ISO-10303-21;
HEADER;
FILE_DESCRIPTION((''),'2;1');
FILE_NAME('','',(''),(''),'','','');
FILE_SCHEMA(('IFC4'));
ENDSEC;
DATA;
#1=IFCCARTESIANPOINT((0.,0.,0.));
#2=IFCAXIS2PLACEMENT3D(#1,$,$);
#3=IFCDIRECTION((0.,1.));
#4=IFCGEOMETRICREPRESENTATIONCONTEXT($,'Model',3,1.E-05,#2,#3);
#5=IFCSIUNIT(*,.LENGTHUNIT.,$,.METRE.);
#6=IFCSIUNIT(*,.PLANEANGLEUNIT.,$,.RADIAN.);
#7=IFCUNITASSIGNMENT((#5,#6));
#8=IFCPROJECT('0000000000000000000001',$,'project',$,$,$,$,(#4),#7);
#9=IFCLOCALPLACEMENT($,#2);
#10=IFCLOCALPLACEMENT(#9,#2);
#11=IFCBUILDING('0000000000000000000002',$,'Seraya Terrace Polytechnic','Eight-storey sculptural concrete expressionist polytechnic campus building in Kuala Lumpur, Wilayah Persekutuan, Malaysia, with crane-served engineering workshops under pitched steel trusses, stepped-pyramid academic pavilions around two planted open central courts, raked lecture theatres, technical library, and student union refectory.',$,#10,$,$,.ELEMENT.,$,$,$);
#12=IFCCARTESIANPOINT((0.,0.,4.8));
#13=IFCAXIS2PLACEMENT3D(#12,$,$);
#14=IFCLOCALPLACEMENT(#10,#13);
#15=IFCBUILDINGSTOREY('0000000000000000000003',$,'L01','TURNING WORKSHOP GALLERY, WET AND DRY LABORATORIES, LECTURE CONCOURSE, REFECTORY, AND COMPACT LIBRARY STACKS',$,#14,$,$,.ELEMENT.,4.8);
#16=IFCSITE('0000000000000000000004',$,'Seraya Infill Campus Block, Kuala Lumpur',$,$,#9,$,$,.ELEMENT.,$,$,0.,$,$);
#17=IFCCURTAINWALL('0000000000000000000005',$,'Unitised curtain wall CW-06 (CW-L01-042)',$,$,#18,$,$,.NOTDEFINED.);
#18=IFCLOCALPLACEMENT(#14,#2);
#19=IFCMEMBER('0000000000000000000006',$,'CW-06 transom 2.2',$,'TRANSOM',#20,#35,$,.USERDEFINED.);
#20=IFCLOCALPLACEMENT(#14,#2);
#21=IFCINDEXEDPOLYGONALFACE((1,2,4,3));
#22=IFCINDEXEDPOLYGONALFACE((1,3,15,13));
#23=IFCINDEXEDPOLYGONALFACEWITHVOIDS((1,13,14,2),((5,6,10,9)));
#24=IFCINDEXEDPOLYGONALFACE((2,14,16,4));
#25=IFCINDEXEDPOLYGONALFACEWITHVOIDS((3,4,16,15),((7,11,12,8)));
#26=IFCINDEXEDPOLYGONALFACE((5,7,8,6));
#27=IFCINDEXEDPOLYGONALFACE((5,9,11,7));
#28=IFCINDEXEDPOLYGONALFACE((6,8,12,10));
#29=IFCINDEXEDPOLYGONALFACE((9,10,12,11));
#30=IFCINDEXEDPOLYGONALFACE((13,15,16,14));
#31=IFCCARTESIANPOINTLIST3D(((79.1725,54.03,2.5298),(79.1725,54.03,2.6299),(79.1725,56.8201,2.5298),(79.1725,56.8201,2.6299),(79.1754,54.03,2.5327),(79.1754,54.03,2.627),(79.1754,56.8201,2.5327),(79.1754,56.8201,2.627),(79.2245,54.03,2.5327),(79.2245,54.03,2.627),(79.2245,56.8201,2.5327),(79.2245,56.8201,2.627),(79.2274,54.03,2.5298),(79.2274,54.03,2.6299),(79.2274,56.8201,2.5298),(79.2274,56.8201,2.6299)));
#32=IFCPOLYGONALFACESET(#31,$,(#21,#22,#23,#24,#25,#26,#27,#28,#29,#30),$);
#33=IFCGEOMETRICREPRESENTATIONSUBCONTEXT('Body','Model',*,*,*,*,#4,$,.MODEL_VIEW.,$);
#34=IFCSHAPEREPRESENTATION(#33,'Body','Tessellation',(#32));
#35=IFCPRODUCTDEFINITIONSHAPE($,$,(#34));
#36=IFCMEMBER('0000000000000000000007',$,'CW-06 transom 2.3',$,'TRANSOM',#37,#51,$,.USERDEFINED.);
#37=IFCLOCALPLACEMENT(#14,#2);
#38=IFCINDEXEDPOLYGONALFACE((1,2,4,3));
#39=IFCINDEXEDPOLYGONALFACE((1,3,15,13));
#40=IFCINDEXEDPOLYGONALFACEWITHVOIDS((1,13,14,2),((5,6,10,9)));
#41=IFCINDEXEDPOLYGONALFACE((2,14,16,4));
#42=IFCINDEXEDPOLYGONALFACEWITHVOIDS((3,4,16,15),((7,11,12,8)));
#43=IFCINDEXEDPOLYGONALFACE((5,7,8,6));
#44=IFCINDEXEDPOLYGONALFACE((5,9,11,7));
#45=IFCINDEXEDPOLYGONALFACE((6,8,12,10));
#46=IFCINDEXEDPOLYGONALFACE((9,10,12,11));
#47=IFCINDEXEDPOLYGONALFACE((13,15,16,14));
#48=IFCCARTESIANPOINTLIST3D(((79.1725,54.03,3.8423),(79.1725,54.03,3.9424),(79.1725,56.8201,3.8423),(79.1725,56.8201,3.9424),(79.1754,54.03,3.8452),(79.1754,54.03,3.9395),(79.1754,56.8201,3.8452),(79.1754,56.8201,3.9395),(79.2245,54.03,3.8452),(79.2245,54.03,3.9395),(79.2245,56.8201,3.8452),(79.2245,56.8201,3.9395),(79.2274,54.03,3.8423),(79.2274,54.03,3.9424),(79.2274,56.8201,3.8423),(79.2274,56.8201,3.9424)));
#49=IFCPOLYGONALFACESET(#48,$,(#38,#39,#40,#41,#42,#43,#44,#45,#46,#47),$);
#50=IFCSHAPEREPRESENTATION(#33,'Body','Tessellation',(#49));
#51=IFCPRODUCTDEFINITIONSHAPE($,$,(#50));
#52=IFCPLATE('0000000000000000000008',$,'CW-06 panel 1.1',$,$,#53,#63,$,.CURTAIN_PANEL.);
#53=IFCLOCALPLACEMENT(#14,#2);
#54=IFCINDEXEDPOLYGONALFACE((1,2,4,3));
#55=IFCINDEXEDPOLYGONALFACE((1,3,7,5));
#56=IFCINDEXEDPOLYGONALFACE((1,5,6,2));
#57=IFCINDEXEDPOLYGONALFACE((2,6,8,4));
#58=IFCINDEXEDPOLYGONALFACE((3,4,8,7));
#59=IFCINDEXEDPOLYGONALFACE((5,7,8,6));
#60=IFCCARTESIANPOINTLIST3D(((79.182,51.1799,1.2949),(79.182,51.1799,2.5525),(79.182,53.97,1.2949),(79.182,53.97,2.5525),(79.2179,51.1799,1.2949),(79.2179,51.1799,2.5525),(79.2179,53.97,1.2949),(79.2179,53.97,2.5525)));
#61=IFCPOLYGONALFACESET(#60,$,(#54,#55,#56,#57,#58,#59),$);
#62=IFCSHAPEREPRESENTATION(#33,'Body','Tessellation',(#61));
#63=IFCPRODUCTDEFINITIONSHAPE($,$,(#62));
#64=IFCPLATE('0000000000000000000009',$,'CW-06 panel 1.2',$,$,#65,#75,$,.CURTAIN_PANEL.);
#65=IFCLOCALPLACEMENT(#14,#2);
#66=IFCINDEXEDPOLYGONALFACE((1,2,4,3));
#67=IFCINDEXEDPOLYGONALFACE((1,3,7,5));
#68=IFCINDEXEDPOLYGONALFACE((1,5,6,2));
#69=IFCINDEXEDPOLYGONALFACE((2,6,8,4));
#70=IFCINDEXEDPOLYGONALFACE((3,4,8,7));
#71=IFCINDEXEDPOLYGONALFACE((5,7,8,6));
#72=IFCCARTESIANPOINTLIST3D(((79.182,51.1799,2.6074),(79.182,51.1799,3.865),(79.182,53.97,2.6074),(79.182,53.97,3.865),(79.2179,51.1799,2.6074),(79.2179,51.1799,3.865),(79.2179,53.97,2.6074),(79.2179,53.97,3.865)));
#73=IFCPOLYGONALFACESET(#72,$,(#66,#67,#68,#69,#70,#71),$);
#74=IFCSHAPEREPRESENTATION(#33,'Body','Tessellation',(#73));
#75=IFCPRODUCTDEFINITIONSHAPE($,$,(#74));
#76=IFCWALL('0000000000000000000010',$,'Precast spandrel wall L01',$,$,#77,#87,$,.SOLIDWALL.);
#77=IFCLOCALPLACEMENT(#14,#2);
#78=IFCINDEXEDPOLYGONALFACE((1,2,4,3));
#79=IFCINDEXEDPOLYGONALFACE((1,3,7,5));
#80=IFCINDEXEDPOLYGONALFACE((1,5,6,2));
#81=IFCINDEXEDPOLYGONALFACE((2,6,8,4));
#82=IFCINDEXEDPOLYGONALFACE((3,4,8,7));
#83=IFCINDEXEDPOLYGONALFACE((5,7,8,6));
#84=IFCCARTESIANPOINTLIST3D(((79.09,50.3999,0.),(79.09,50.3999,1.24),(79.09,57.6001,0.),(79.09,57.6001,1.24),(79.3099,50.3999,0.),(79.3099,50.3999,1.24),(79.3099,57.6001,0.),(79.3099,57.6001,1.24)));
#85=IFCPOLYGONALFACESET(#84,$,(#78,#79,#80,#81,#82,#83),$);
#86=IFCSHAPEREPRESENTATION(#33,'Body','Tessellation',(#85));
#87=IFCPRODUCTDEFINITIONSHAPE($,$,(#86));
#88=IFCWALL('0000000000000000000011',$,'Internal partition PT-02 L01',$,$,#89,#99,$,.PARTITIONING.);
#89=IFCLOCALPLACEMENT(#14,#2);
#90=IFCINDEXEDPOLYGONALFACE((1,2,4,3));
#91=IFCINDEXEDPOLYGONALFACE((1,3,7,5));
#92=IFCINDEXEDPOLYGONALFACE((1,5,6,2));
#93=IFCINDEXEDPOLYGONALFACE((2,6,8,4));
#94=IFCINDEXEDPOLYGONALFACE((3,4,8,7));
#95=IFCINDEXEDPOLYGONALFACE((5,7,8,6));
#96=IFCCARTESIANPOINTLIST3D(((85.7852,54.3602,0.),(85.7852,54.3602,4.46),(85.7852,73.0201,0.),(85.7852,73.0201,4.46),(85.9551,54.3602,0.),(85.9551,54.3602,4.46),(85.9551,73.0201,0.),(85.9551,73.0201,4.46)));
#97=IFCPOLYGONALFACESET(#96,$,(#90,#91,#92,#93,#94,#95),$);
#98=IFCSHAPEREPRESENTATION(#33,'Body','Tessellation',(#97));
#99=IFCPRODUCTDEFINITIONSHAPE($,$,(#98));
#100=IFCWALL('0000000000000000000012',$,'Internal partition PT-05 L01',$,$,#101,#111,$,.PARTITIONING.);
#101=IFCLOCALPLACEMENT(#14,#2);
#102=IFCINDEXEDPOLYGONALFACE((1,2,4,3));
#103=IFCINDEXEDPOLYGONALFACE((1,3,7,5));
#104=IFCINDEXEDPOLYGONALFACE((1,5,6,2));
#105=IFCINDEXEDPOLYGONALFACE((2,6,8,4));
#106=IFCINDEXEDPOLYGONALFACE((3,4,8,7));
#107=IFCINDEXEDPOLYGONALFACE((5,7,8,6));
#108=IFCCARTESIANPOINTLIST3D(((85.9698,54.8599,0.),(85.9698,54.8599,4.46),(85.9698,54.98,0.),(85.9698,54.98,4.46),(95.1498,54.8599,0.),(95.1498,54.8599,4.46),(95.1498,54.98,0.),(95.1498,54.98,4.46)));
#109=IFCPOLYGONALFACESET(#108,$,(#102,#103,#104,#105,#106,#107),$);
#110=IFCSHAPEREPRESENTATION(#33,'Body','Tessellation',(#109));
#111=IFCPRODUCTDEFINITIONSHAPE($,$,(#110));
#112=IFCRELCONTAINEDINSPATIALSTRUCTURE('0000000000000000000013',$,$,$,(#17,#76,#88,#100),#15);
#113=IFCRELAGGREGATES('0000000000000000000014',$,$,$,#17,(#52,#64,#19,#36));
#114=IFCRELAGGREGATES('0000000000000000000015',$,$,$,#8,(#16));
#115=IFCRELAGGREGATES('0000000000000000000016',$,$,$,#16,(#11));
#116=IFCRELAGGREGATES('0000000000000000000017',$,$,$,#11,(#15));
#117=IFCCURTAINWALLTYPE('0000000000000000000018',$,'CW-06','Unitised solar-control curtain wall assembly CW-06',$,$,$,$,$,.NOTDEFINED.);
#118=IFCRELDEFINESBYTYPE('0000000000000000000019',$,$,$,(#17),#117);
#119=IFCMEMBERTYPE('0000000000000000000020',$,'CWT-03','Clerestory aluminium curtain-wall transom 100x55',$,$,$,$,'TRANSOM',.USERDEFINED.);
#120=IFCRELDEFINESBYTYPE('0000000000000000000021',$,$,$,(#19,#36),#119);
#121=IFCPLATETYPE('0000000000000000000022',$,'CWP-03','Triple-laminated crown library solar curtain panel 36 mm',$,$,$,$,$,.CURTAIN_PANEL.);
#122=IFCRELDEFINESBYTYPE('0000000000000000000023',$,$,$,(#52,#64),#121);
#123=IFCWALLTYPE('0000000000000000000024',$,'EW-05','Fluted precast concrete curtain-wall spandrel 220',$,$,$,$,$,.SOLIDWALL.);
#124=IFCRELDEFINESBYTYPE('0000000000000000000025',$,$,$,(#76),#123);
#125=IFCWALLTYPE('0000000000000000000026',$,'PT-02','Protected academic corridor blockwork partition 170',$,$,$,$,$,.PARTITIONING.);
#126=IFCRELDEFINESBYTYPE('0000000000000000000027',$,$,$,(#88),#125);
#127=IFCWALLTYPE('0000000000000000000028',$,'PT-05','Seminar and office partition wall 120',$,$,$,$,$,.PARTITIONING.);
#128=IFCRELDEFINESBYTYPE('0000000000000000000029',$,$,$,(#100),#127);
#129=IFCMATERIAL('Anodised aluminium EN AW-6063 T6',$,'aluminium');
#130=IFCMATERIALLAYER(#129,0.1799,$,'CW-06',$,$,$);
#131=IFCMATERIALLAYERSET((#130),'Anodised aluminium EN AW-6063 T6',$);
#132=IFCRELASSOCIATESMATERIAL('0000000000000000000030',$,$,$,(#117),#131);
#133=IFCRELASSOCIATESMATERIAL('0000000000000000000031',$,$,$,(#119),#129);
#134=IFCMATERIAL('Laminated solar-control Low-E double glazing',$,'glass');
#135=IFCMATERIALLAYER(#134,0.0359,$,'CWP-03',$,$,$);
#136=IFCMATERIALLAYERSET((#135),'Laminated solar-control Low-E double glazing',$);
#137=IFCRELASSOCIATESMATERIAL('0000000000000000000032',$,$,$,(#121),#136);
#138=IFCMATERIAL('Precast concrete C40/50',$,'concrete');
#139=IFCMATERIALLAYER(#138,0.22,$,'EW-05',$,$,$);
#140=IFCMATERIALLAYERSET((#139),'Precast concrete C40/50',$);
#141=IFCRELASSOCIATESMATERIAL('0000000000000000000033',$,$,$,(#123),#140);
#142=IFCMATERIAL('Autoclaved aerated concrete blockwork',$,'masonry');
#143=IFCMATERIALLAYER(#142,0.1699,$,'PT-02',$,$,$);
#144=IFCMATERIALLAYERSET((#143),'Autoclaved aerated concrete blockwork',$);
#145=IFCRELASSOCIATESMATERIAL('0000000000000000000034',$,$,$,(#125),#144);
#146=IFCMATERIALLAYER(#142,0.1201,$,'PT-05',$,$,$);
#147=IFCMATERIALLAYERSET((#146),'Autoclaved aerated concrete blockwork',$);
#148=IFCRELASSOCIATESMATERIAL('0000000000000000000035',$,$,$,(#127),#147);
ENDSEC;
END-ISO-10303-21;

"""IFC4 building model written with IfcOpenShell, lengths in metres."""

from ifc_helpers import new_model, si_unit, direction, frame, frame_2d, origin, origin_2d, place, context, subcontext, project, spatial, rectangle, hollow_rectangle, extrude, material, layer, layer_set, material_profile, profile_set, type_object, element, aggregate, save


model = new_model("IFC4")

# Units and contexts
model_context = context("Model", 3, precision=1e-05, world=origin(), true_north=direction((0.0, 1.0)))
body_context = subcontext(model_context, "Body", "Model", "MODEL_VIEW")
ifc_project = project(units=[si_unit("LENGTHUNIT", "METRE"), si_unit("PLANEANGLEUNIT", "RADIAN")], contexts=[model_context])

# Site, building, storey
site_placement = place(None, origin())
site = spatial("IfcSite", under=ifc_project, at=site_placement, Name="Seraya Infill Campus Block, Kuala Lumpur", CompositionType="ELEMENT", RefElevation=0.0)
building_placement = place(site_placement, origin())
building = spatial("IfcBuilding", under=site, at=building_placement, Name="Seraya Terrace Polytechnic", Description="Eight-storey sculptural concrete expressionist polytechnic campus building in Kuala Lumpur, Wilayah Persekutuan, Malaysia, with crane-served engineering workshops under pitched steel trusses, stepped-pyramid academic pavilions around two planted open central courts, raked lecture theatres, technical library, and student union refectory.", CompositionType="ELEMENT")
storey_placement = place(building_placement, frame((0.0, 0.0, 4.8)))
storey = spatial("IfcBuildingStorey", under=building, at=storey_placement, Name="L01", Description="TURNING WORKSHOP GALLERY, WET AND DRY LABORATORIES, LECTURE CONCOURSE, REFECTORY, AND COMPACT LIBRARY STACKS", CompositionType="ELEMENT", Elevation=4.8)

# Curtain wall, members, plates
ifc_material_1 = material(Name="Anodised aluminium EN AW-6063 T6", Category="aluminium")
ifc_layer_1 = layer(ifc_material_1, 0.1799, Name="CW-06")
ifc_layer_set_1 = layer_set([ifc_layer_1], Name="Anodised aluminium EN AW-6063 T6")
curtain_wall_type = type_object("IfcCurtainWallType", Name="CW-06", Description="Unitised solar-control curtain wall assembly CW-06", PredefinedType="NOTDEFINED", material=ifc_layer_set_1)
curtain_wall_placement = place(storey_placement, origin())
curtain_wall = element("IfcCurtainWall", 1, at=curtain_wall_placement, inside=storey, type_object=curtain_wall_type, Name="Unitised curtain wall CW-06 (CW-L01-042)", PredefinedType="NOTDEFINED")
ifc_material_profile_1 = material_profile(ifc_material_1, hollow_rectangle(XDim=0.0549, YDim=0.1001, WallThickness=0.0029, at=origin_2d()), Name="RHS 100x55x3.0")
ifc_profile_set_1 = profile_set([ifc_material_profile_1], Name="Anodised aluminium EN AW-6063 T6")
member_type_1 = type_object("IfcMemberType", Name="CWT-03", Description="Clerestory aluminium curtain-wall transom 100x55", ElementType="TRANSOM", PredefinedType="USERDEFINED", material=ifc_profile_set_1)
member_1_placement = place(storey_placement, frame((79.2, 54.03, 2.5798), z_axis=(0.0, 1.0, 0.0), x_axis=(-1.0, 0.0, 0.0)))
member_1 = element("IfcMember", 2, at=member_1_placement, type_object=member_type_1, Name="CW-06 transom 2.2", ObjectType="TRANSOM", PredefinedType="USERDEFINED", context=body_context, shape_type="SweptSolid", body=[
    extrude(hollow_rectangle(XDim=0.0549, YDim=0.1001, WallThickness=0.0029, at=origin_2d()), origin(), (0.0, 0.0, 1.0), 2.79),
])
member_2_placement = place(storey_placement, frame((79.2, 54.03, 3.8923), z_axis=(0.0, 1.0, 0.0), x_axis=(-1.0, 0.0, 0.0)))
member_2 = element("IfcMember", 3, at=member_2_placement, type_object=member_type_1, Name="CW-06 transom 2.3", ObjectType="TRANSOM", PredefinedType="USERDEFINED", context=body_context, shape_type="SweptSolid", body=[
    extrude(hollow_rectangle(XDim=0.0549, YDim=0.1001, WallThickness=0.0029, at=origin_2d()), origin(), (0.0, 0.0, 1.0), 2.79),
])
ifc_material_2 = material(Name="Laminated solar-control Low-E double glazing", Category="glass")
ifc_layer_2 = layer(ifc_material_2, 0.0359, Name="CWP-03")
ifc_layer_set_2 = layer_set([ifc_layer_2], Name="Laminated solar-control Low-E double glazing")
plate_type = type_object("IfcPlateType", Name="CWP-03", Description="Triple-laminated crown library solar curtain panel 36 mm", PredefinedType="CURTAIN_PANEL", material=ifc_layer_set_2)
plate_1_placement = place(storey_placement, frame((79.2, 52.575, 1.2949), z_axis=(0.0, 0.0, 1.0), x_axis=(0.0, 1.0, 0.0)))
plate_1 = element("IfcPlate", 4, at=plate_1_placement, type_object=plate_type, Name="CW-06 panel 1.1", PredefinedType="CURTAIN_PANEL", context=body_context, shape_type="SweptSolid", body=[
    extrude(rectangle(XDim=2.79, YDim=0.0359, at=origin_2d()), origin(), (0.0, 0.0, 1.0), 1.2576),
])
plate_2_placement = place(storey_placement, frame((79.2, 52.575, 2.6074), z_axis=(0.0, 0.0, 1.0), x_axis=(0.0, 1.0, 0.0)))
plate_2 = element("IfcPlate", 5, at=plate_2_placement, type_object=plate_type, Name="CW-06 panel 1.2", PredefinedType="CURTAIN_PANEL", context=body_context, shape_type="SweptSolid", body=[
    extrude(rectangle(XDim=2.79, YDim=0.0359, at=origin_2d()), origin(), (0.0, 0.0, 1.0), 1.2576),
])
aggregate(curtain_wall, [plate_1, plate_2, member_1, member_2])

# Walls
ifc_material_3 = material(Name="Precast concrete C40/50", Category="concrete")
ifc_layer_3 = layer(ifc_material_3, 0.22, Name="EW-05")
ifc_layer_set_3 = layer_set([ifc_layer_3], Name="Precast concrete C40/50")
wall_type_1 = type_object("IfcWallType", Name="EW-05", Description="Fluted precast concrete curtain-wall spandrel 220", PredefinedType="SOLIDWALL", material=ifc_layer_set_3)
wall_1_placement = place(storey_placement, frame((79.2, 50.3999, 0.0), z_axis=(0.0, 0.0, 1.0), x_axis=(0.0, 1.0, 0.0)))
element("IfcWall", 6, at=wall_1_placement, inside=storey, type_object=wall_type_1, Name="Precast spandrel wall L01", PredefinedType="SOLIDWALL", context=body_context, shape_type="SweptSolid", body=[
    extrude(rectangle(XDim=7.2002, YDim=0.22, at=frame_2d((3.6001, 0.0))), origin(), (0.0, 0.0, 1.0), 1.24),
])
ifc_material_4 = material(Name="Autoclaved aerated concrete blockwork", Category="masonry")
ifc_layer_4 = layer(ifc_material_4, 0.1699, Name="PT-02")
ifc_layer_set_4 = layer_set([ifc_layer_4], Name="Autoclaved aerated concrete blockwork")
wall_type_2 = type_object("IfcWallType", Name="PT-02", Description="Protected academic corridor blockwork partition 170", PredefinedType="PARTITIONING", material=ifc_layer_set_4)
wall_2_placement = place(storey_placement, frame((85.8701, 54.3601, 0.0), z_axis=(0.0, 0.0, 1.0), x_axis=(0.0, 1.0, 0.0)))
element("IfcWall", 7, at=wall_2_placement, inside=storey, type_object=wall_type_2, Name="Internal partition PT-02 L01", PredefinedType="PARTITIONING", context=body_context, shape_type="SweptSolid", body=[
    extrude(rectangle(XDim=18.6599, YDim=0.1699, at=frame_2d((9.3301, 0.0))), origin(), (0.0, 0.0, 1.0), 4.46),
])
ifc_layer_5 = layer(ifc_material_4, 0.1201, Name="PT-05")
ifc_layer_set_5 = layer_set([ifc_layer_5], Name="Autoclaved aerated concrete blockwork")
wall_type_3 = type_object("IfcWallType", Name="PT-05", Description="Seminar and office partition wall 120", PredefinedType="PARTITIONING", material=ifc_layer_set_5)
wall_3_placement = place(storey_placement, frame((85.97, 54.9199, 0.0), z_axis=(0.0, 0.0, 1.0), x_axis=(1.0, 0.0, 0.0)))
element("IfcWall", 8, at=wall_3_placement, inside=storey, type_object=wall_type_3, Name="Internal partition PT-05 L01", PredefinedType="PARTITIONING", context=body_context, shape_type="SweptSolid", body=[
    extrude(rectangle(XDim=9.1799, YDim=0.1201, at=frame_2d((4.5898, 0.0))), origin(), (0.0, 0.0, 1.0), 4.46),
])

save(model, "model.ifc")
